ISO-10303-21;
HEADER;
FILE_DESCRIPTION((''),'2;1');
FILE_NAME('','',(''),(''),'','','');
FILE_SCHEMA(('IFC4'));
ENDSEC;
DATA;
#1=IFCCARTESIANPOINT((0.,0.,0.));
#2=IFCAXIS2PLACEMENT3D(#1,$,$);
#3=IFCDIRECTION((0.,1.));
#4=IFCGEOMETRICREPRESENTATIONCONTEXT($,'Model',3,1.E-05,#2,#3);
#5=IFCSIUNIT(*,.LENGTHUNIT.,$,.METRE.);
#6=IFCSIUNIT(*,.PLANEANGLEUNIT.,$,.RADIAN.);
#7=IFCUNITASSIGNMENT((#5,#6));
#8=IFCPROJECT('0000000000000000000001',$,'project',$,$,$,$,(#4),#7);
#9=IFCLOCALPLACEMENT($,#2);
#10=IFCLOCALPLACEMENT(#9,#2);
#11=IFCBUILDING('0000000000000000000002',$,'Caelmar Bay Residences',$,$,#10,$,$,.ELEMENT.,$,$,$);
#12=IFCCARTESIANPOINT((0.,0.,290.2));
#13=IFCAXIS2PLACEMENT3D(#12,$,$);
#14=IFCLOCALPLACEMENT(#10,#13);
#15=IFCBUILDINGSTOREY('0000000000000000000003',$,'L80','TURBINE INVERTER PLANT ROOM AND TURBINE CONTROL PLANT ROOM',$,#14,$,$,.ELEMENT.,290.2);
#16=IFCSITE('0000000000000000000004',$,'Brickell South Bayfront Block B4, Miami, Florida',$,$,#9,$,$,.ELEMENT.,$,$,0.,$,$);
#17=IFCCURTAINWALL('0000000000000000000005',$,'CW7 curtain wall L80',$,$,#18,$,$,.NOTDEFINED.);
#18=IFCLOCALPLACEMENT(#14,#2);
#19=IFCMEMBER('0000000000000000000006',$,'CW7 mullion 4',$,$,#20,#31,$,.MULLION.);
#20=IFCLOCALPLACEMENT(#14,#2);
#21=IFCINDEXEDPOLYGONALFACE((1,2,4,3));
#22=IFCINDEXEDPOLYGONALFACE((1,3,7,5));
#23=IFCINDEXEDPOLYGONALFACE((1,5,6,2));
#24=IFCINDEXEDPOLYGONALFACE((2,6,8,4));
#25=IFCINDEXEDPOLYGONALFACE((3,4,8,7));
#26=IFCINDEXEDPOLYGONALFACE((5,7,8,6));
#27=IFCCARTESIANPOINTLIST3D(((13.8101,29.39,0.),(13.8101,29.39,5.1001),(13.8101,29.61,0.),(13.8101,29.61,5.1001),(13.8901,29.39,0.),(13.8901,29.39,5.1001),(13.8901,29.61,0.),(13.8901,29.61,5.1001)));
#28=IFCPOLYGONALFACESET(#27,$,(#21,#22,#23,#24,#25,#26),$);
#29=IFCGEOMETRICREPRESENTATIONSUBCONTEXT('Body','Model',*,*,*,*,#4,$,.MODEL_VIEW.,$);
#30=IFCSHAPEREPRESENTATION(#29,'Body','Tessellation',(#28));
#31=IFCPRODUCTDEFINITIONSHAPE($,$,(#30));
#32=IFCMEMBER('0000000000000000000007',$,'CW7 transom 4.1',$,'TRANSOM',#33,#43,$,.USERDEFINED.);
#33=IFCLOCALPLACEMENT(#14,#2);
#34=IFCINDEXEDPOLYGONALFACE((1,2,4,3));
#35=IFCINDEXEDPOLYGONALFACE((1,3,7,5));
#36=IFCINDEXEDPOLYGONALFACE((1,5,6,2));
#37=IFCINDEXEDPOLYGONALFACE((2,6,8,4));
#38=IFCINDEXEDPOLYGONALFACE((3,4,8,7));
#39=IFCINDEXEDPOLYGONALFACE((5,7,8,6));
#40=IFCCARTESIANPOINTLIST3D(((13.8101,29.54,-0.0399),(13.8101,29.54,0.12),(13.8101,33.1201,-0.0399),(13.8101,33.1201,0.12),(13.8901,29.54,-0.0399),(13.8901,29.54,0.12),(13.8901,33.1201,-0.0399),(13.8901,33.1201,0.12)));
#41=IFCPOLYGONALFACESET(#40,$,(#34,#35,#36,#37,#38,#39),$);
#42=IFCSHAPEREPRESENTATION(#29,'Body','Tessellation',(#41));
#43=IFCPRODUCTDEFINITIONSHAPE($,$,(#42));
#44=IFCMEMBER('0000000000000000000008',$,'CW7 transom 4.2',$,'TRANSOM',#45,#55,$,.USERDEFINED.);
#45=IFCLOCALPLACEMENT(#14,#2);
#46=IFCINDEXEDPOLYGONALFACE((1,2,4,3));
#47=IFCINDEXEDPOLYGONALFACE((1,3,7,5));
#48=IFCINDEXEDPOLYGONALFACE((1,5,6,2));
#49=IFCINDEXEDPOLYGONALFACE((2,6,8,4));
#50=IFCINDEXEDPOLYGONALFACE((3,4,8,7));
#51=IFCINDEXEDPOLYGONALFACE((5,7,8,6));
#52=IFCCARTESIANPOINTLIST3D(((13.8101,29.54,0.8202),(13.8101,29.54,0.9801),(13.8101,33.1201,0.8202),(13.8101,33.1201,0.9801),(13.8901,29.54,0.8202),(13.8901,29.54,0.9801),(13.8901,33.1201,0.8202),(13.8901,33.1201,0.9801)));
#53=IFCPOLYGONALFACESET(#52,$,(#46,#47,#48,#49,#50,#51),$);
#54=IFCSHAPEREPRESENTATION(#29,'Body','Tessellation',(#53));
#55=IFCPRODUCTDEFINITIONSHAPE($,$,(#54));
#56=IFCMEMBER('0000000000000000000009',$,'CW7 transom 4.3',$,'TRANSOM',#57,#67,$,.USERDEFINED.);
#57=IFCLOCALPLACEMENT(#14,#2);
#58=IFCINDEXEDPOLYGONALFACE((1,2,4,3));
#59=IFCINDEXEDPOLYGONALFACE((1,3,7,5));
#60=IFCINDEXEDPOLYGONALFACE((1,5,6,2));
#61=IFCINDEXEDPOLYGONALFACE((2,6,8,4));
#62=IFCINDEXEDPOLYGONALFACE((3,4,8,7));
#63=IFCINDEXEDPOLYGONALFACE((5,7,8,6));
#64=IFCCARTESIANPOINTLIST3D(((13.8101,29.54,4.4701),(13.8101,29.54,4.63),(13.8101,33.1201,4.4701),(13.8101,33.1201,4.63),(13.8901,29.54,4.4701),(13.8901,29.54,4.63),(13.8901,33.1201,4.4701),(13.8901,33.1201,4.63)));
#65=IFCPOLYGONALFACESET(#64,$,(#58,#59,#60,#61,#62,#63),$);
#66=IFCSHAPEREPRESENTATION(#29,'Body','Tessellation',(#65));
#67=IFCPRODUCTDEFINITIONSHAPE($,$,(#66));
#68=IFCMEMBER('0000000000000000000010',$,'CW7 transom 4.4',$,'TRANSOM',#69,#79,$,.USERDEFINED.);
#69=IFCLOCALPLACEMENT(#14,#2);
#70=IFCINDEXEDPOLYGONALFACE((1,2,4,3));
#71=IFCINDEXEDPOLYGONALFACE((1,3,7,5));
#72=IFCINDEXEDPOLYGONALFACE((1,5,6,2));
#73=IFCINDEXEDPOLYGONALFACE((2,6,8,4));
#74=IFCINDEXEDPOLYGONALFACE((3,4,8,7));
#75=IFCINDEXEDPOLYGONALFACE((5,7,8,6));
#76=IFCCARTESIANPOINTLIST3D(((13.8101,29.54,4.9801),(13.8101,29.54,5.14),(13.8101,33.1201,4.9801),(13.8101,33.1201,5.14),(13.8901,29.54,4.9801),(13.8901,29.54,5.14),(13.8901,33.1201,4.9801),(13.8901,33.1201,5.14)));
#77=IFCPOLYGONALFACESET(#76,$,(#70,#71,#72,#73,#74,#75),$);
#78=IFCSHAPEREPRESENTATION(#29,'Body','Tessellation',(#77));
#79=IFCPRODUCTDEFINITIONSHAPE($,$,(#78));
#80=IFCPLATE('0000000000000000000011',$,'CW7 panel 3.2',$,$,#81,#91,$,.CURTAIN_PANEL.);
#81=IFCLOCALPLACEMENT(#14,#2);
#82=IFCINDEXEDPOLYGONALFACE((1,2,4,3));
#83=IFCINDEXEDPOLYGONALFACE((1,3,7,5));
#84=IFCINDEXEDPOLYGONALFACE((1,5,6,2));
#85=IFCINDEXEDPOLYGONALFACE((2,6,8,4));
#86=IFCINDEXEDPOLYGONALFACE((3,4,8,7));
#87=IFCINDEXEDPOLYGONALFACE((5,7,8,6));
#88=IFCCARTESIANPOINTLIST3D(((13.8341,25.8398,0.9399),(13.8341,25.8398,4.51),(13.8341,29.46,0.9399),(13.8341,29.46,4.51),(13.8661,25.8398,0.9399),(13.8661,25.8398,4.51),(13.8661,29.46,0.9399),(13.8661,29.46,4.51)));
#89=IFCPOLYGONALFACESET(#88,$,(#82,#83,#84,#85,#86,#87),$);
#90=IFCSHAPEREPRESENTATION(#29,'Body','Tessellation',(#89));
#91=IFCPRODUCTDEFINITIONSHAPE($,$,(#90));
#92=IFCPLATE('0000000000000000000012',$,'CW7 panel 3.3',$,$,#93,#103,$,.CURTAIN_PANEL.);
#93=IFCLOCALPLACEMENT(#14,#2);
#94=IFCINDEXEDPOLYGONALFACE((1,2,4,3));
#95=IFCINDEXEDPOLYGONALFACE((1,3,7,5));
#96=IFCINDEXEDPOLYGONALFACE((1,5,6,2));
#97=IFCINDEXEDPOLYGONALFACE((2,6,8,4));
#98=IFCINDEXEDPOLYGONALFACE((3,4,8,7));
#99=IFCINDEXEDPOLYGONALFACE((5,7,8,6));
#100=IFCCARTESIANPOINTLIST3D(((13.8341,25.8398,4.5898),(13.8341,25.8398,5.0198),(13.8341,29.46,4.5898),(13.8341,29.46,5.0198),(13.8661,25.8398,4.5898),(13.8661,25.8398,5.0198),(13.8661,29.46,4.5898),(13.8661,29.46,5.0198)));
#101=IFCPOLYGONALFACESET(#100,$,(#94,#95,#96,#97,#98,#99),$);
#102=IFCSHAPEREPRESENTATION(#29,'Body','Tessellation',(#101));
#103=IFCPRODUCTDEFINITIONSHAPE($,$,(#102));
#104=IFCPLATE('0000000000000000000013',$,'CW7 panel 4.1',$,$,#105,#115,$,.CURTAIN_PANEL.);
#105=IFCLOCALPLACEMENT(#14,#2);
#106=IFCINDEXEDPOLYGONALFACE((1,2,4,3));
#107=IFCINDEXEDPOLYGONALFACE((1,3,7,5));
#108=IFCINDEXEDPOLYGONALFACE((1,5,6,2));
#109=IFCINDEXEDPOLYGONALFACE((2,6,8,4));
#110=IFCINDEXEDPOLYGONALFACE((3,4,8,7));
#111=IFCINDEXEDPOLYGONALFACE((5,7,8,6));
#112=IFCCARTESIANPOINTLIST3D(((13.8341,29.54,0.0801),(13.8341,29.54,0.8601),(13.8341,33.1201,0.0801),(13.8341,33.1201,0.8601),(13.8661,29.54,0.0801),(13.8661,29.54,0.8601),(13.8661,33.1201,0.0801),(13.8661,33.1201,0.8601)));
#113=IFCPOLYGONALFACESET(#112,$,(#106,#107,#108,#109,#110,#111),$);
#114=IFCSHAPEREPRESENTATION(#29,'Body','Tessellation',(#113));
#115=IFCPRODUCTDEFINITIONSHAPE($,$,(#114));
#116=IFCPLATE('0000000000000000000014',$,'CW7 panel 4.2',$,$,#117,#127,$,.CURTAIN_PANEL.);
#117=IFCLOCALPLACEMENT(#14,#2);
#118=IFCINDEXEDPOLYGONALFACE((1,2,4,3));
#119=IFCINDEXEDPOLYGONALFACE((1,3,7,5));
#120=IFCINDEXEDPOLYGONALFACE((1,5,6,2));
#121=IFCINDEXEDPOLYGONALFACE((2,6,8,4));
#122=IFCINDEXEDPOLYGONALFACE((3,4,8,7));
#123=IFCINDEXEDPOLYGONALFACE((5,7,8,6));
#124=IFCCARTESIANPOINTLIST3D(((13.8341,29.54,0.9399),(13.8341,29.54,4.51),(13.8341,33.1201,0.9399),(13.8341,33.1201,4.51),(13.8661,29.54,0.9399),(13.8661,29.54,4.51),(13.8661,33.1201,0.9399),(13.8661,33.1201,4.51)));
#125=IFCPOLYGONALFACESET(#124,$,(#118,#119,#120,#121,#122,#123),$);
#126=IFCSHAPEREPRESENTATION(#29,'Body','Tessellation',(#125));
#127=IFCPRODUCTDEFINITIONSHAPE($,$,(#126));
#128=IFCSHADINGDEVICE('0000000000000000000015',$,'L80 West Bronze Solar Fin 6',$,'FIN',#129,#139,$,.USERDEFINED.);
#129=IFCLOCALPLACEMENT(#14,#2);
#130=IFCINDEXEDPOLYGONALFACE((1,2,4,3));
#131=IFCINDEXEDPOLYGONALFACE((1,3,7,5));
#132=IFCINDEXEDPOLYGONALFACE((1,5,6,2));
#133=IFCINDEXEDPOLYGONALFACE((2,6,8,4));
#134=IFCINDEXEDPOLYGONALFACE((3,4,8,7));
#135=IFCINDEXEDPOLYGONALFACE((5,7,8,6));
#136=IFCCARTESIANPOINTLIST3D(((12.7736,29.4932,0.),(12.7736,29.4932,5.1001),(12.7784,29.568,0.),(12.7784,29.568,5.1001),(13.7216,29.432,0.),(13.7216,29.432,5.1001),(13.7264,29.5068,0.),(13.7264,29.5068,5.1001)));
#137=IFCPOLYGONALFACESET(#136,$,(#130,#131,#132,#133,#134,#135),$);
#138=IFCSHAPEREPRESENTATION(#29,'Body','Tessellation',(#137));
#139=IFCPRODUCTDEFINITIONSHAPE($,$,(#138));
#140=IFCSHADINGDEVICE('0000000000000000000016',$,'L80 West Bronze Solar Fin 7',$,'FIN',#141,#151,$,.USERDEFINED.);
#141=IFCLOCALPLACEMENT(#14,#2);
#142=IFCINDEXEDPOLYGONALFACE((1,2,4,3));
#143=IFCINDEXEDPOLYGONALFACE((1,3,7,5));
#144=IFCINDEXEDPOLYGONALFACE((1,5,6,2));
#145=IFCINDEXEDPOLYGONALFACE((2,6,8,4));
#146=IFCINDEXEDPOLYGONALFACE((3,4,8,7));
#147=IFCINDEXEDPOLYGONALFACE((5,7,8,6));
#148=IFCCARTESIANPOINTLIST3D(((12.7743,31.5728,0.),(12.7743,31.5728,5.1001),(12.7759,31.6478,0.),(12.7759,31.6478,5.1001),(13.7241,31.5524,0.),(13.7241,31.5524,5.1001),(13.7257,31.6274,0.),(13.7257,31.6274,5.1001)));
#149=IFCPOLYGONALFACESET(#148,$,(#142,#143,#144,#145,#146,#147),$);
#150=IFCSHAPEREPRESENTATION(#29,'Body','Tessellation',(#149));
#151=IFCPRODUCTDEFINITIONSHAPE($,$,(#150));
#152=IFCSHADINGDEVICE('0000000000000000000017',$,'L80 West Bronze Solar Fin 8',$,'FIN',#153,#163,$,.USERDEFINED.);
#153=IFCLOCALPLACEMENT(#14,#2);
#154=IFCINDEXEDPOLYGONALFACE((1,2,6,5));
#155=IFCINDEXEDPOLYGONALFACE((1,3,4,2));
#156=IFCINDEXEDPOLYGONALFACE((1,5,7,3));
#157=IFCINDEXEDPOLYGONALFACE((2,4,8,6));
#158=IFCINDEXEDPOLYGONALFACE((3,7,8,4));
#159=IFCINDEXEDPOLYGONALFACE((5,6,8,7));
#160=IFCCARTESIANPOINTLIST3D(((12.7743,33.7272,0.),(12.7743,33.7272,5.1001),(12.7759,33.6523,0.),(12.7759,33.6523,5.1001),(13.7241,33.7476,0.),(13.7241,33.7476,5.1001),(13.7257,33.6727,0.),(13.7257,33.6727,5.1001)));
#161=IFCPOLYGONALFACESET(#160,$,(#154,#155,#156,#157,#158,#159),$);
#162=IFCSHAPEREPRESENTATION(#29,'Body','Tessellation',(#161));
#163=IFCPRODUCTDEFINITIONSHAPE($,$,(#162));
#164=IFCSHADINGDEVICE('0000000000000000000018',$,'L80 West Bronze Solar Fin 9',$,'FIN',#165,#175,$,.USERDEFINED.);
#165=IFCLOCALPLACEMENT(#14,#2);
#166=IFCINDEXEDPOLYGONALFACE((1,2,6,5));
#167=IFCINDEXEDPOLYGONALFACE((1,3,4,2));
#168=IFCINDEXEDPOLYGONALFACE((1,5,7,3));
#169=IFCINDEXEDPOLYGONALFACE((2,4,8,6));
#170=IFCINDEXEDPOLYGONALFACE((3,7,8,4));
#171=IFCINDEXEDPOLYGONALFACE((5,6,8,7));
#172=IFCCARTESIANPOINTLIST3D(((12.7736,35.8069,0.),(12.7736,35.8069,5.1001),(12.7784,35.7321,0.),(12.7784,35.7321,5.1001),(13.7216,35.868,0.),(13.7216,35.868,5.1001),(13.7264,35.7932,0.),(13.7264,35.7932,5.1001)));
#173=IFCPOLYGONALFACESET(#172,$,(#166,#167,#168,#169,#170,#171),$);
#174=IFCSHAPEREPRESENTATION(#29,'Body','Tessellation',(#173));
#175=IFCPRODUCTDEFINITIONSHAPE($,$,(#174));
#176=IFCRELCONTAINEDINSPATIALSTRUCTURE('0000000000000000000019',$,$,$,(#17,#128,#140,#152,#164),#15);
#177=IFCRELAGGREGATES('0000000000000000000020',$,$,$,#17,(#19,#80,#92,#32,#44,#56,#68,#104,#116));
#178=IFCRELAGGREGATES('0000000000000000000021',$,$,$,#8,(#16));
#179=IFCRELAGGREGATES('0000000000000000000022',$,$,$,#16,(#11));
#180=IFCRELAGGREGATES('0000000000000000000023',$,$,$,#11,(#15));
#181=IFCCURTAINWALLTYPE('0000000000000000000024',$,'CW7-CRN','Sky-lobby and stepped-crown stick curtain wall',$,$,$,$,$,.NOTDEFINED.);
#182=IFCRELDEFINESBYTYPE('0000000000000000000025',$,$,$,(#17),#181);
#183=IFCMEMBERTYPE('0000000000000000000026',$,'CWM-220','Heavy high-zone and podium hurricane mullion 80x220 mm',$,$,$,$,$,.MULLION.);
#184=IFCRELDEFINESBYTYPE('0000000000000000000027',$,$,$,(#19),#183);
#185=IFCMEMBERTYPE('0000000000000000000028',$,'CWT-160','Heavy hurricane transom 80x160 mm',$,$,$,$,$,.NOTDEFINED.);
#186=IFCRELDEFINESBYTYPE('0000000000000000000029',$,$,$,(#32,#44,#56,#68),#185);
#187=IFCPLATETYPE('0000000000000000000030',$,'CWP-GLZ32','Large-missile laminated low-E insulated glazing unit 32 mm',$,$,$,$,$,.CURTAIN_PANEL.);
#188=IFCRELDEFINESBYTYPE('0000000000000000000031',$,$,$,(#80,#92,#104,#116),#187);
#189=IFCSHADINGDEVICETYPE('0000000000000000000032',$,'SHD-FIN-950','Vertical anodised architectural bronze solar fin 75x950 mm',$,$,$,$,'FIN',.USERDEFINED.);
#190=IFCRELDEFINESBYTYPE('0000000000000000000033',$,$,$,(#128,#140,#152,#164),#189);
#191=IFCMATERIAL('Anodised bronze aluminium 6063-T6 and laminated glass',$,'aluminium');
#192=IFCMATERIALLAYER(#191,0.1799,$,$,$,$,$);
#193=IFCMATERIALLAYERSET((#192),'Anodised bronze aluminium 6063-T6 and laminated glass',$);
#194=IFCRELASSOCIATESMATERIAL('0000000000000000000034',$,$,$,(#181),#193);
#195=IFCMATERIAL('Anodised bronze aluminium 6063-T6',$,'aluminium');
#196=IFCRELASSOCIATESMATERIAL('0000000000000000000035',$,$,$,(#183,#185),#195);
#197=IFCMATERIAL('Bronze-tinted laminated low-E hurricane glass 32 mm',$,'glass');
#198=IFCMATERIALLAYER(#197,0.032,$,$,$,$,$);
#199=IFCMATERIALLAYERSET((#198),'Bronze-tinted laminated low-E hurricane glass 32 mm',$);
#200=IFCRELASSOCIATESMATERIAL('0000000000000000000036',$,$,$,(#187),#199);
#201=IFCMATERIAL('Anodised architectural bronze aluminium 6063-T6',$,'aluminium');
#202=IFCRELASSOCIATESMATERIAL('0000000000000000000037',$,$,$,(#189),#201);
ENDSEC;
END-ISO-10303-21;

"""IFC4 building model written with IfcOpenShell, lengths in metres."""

from ifc_helpers import new_model, si_unit, direction, frame, origin, origin_2d, place, context, subcontext, project, spatial, rectangle, extrude, material, layer, layer_set, material_profile, profile_set, type_object, element, aggregate, save


model = new_model("IFC4")

# Units and contexts
model_context = context("Model", 3, precision=1e-05, world=origin(), true_north=direction((0.0, 1.0)))
body_context = subcontext(model_context, "Body", "Model", "MODEL_VIEW")
ifc_project = project(units=[si_unit("LENGTHUNIT", "METRE"), si_unit("PLANEANGLEUNIT", "RADIAN")], contexts=[model_context])

# Site, building, storey
site_placement = place(None, origin())
site = spatial("IfcSite", under=ifc_project, at=site_placement, Name="Brickell South Bayfront Block B4, Miami, Florida", CompositionType="ELEMENT", RefElevation=0.0)
building_placement = place(site_placement, origin())
building = spatial("IfcBuilding", under=site, at=building_placement, Name="Caelmar Bay Residences", CompositionType="ELEMENT")
storey_placement = place(building_placement, frame((0.0, 0.0, 290.2)))
storey = spatial("IfcBuildingStorey", under=building, at=storey_placement, Name="L80", Description="TURBINE INVERTER PLANT ROOM AND TURBINE CONTROL PLANT ROOM", CompositionType="ELEMENT", Elevation=290.2)

# Curtain wall, members, plates
ifc_material_1 = material(Name="Anodised bronze aluminium 6063-T6 and laminated glass", Category="aluminium")
ifc_layer_1 = layer(ifc_material_1, 0.1799)
ifc_layer_set_1 = layer_set([ifc_layer_1], Name="Anodised bronze aluminium 6063-T6 and laminated glass")
curtain_wall_type = type_object("IfcCurtainWallType", Name="CW7-CRN", Description="Sky-lobby and stepped-crown stick curtain wall", PredefinedType="NOTDEFINED", material=ifc_layer_set_1)
curtain_wall_placement = place(storey_placement, origin())
curtain_wall = element("IfcCurtainWall", 1, at=curtain_wall_placement, inside=storey, type_object=curtain_wall_type, Name="CW7 curtain wall L80", PredefinedType="NOTDEFINED")
ifc_material_2 = material(Name="Anodised bronze aluminium 6063-T6", Category="aluminium")
ifc_material_profile_1 = material_profile(ifc_material_2, rectangle(XDim=0.0801, YDim=0.22, at=origin_2d()), Name="CWM-80X220")
ifc_profile_set_1 = profile_set([ifc_material_profile_1], Name="Anodised bronze aluminium 6063-T6")
member_type_1 = type_object("IfcMemberType", Name="CWM-220", Description="Heavy high-zone and podium hurricane mullion 80x220 mm", PredefinedType="MULLION", material=ifc_profile_set_1)
member_1_placement = place(storey_placement, frame((13.8501, 29.5, 0.0), z_axis=(0.0, 0.0, 1.0), x_axis=(-1.0, 0.0, 0.0)))
member_1 = element("IfcMember", 2, at=member_1_placement, type_object=member_type_1, Name="CW7 mullion 4", PredefinedType="MULLION", context=body_context, shape_type="SweptSolid", body=[
    extrude(rectangle(XDim=0.0801, YDim=0.22, at=origin_2d()), origin(), (0.0, 0.0, 1.0), 5.1001),
])
ifc_material_profile_2 = material_profile(ifc_material_2, rectangle(XDim=0.0801, YDim=0.1599, at=origin_2d()), Name="CWT-80X160")
ifc_profile_set_2 = profile_set([ifc_material_profile_2], Name="Anodised bronze aluminium 6063-T6")
member_type_2 = type_object("IfcMemberType", Name="CWT-160", Description="Heavy hurricane transom 80x160 mm", PredefinedType="NOTDEFINED", material=ifc_profile_set_2)
member_2_placement = place(storey_placement, frame((13.8501, 29.54, 0.04), z_axis=(0.0, 1.0, 0.0), x_axis=(-1.0, 0.0, 0.0)))
member_2 = element("IfcMember", 3, at=member_2_placement, type_object=member_type_2, Name="CW7 transom 4.1", ObjectType="TRANSOM", PredefinedType="USERDEFINED", context=body_context, shape_type="SweptSolid", body=[
    extrude(rectangle(XDim=0.0801, YDim=0.1599, at=origin_2d()), origin(), (0.0, 0.0, 1.0), 3.5801),
])
member_3_placement = place(storey_placement, frame((13.8501, 29.54, 0.9001), z_axis=(0.0, 1.0, 0.0), x_axis=(-1.0, 0.0, 0.0)))
member_3 = element("IfcMember", 4, at=member_3_placement, type_object=member_type_2, Name="CW7 transom 4.2", ObjectType="TRANSOM", PredefinedType="USERDEFINED", context=body_context, shape_type="SweptSolid", body=[
    extrude(rectangle(XDim=0.0801, YDim=0.1599, at=origin_2d()), origin(), (0.0, 0.0, 1.0), 3.5801),
])
member_4_placement = place(storey_placement, frame((13.8501, 29.54, 4.55), z_axis=(0.0, 1.0, 0.0), x_axis=(-1.0, 0.0, 0.0)))
member_4 = element("IfcMember", 5, at=member_4_placement, type_object=member_type_2, Name="CW7 transom 4.3", ObjectType="TRANSOM", PredefinedType="USERDEFINED", context=body_context, shape_type="SweptSolid", body=[
    extrude(rectangle(XDim=0.0801, YDim=0.1599, at=origin_2d()), origin(), (0.0, 0.0, 1.0), 3.5801),
])
member_5_placement = place(storey_placement, frame((13.8501, 29.54, 5.0601), z_axis=(0.0, 1.0, 0.0), x_axis=(-1.0, 0.0, 0.0)))
member_5 = element("IfcMember", 6, at=member_5_placement, type_object=member_type_2, Name="CW7 transom 4.4", ObjectType="TRANSOM", PredefinedType="USERDEFINED", context=body_context, shape_type="SweptSolid", body=[
    extrude(rectangle(XDim=0.0801, YDim=0.1599, at=origin_2d()), origin(), (0.0, 0.0, 1.0), 3.5801),
])
ifc_material_3 = material(Name="Bronze-tinted laminated low-E hurricane glass 32 mm", Category="glass")
ifc_layer_2 = layer(ifc_material_3, 0.032)
ifc_layer_set_2 = layer_set([ifc_layer_2], Name="Bronze-tinted laminated low-E hurricane glass 32 mm")
plate_type = type_object("IfcPlateType", Name="CWP-GLZ32", Description="Large-missile laminated low-E insulated glazing unit 32 mm", PredefinedType="CURTAIN_PANEL", material=ifc_layer_set_2)
plate_1_placement = place(storey_placement, frame((13.8501, 27.6499, 0.9399), z_axis=(0.0, 0.0, 1.0), x_axis=(0.0, 1.0, 0.0)))
plate_1 = element("IfcPlate", 7, at=plate_1_placement, type_object=plate_type, Name="CW7 panel 3.2", PredefinedType="CURTAIN_PANEL", context=body_context, shape_type="SweptSolid", body=[
    extrude(rectangle(XDim=3.6201, YDim=0.032, at=origin_2d()), origin(), (0.0, 0.0, 1.0), 3.5701),
])
plate_2_placement = place(storey_placement, frame((13.8501, 27.6499, 4.5898), z_axis=(0.0, 0.0, 1.0), x_axis=(0.0, 1.0, 0.0)))
plate_2 = element("IfcPlate", 8, at=plate_2_placement, type_object=plate_type, Name="CW7 panel 3.3", PredefinedType="CURTAIN_PANEL", context=body_context, shape_type="SweptSolid", body=[
    extrude(rectangle(XDim=3.6201, YDim=0.032, at=origin_2d()), origin(), (0.0, 0.0, 1.0), 0.4299),
])
plate_3_placement = place(storey_placement, frame((13.8501, 31.3301, 0.0801), z_axis=(0.0, 0.0, 1.0), x_axis=(0.0, 1.0, 0.0)))
plate_3 = element("IfcPlate", 9, at=plate_3_placement, type_object=plate_type, Name="CW7 panel 4.1", PredefinedType="CURTAIN_PANEL", context=body_context, shape_type="SweptSolid", body=[
    extrude(rectangle(XDim=3.5801, YDim=0.032, at=origin_2d()), origin(), (0.0, 0.0, 1.0), 0.78),
])
plate_4_placement = place(storey_placement, frame((13.8501, 31.3301, 0.9399), z_axis=(0.0, 0.0, 1.0), x_axis=(0.0, 1.0, 0.0)))
plate_4 = element("IfcPlate", 10, at=plate_4_placement, type_object=plate_type, Name="CW7 panel 4.2", PredefinedType="CURTAIN_PANEL", context=body_context, shape_type="SweptSolid", body=[
    extrude(rectangle(XDim=3.5801, YDim=0.032, at=origin_2d()), origin(), (0.0, 0.0, 1.0), 3.5701),
])
aggregate(curtain_wall, [member_1, plate_1, plate_2, member_2, member_3, member_4, member_5, plate_3, plate_4])

# Shading devices
ifc_material_4 = material(Name="Anodised architectural bronze aluminium 6063-T6", Category="aluminium")
ifc_material_profile_3 = material_profile(ifc_material_4, rectangle(XDim=0.075, YDim=0.95, at=origin_2d()), Name="BRONZE-FIN-75X950")
ifc_profile_set_3 = profile_set([ifc_material_profile_3], Name="Anodised architectural bronze aluminium 6063-T6")
shading_device_type = type_object("IfcShadingDeviceType", Name="SHD-FIN-950", Description="Vertical anodised architectural bronze solar fin 75x950 mm", ElementType="FIN", PredefinedType="USERDEFINED", material=ifc_profile_set_3)
for number, where, z_axis, x_axis, name in (
    (11, (13.25, 29.5, 0.0), (0.0, 0.0, 1.0), (0.064358, 0.997927, 0.0), "L80 West Bronze Solar Fin 6"),
    (12, (13.25, 31.6001, 0.0), (0.0, 0.0, 1.0), (0.021466, 0.99977, 0.0), "L80 West Bronze Solar Fin 7"),
    (13, (13.25, 33.7, 0.0), (0.0, 0.0, 1.0), (-0.021466, 0.99977, 0.0), "L80 West Bronze Solar Fin 8"),
    (14, (13.25, 35.8, 0.0), (0.0, 0.0, 1.0), (-0.064358, 0.997927, 0.0), "L80 West Bronze Solar Fin 9"),
):
    element("IfcShadingDevice", number, at=place(storey_placement, frame(where, z_axis=z_axis, x_axis=x_axis)), inside=storey, type_object=shading_device_type, Name=name, ObjectType="FIN", PredefinedType="USERDEFINED", context=body_context, shape_type="SweptSolid", body=[
        extrude(rectangle(XDim=0.075, YDim=0.95, at=origin_2d()), origin(), (0.0, 0.0, 1.0), 5.1001),
    ])

save(model, "model.ifc")
